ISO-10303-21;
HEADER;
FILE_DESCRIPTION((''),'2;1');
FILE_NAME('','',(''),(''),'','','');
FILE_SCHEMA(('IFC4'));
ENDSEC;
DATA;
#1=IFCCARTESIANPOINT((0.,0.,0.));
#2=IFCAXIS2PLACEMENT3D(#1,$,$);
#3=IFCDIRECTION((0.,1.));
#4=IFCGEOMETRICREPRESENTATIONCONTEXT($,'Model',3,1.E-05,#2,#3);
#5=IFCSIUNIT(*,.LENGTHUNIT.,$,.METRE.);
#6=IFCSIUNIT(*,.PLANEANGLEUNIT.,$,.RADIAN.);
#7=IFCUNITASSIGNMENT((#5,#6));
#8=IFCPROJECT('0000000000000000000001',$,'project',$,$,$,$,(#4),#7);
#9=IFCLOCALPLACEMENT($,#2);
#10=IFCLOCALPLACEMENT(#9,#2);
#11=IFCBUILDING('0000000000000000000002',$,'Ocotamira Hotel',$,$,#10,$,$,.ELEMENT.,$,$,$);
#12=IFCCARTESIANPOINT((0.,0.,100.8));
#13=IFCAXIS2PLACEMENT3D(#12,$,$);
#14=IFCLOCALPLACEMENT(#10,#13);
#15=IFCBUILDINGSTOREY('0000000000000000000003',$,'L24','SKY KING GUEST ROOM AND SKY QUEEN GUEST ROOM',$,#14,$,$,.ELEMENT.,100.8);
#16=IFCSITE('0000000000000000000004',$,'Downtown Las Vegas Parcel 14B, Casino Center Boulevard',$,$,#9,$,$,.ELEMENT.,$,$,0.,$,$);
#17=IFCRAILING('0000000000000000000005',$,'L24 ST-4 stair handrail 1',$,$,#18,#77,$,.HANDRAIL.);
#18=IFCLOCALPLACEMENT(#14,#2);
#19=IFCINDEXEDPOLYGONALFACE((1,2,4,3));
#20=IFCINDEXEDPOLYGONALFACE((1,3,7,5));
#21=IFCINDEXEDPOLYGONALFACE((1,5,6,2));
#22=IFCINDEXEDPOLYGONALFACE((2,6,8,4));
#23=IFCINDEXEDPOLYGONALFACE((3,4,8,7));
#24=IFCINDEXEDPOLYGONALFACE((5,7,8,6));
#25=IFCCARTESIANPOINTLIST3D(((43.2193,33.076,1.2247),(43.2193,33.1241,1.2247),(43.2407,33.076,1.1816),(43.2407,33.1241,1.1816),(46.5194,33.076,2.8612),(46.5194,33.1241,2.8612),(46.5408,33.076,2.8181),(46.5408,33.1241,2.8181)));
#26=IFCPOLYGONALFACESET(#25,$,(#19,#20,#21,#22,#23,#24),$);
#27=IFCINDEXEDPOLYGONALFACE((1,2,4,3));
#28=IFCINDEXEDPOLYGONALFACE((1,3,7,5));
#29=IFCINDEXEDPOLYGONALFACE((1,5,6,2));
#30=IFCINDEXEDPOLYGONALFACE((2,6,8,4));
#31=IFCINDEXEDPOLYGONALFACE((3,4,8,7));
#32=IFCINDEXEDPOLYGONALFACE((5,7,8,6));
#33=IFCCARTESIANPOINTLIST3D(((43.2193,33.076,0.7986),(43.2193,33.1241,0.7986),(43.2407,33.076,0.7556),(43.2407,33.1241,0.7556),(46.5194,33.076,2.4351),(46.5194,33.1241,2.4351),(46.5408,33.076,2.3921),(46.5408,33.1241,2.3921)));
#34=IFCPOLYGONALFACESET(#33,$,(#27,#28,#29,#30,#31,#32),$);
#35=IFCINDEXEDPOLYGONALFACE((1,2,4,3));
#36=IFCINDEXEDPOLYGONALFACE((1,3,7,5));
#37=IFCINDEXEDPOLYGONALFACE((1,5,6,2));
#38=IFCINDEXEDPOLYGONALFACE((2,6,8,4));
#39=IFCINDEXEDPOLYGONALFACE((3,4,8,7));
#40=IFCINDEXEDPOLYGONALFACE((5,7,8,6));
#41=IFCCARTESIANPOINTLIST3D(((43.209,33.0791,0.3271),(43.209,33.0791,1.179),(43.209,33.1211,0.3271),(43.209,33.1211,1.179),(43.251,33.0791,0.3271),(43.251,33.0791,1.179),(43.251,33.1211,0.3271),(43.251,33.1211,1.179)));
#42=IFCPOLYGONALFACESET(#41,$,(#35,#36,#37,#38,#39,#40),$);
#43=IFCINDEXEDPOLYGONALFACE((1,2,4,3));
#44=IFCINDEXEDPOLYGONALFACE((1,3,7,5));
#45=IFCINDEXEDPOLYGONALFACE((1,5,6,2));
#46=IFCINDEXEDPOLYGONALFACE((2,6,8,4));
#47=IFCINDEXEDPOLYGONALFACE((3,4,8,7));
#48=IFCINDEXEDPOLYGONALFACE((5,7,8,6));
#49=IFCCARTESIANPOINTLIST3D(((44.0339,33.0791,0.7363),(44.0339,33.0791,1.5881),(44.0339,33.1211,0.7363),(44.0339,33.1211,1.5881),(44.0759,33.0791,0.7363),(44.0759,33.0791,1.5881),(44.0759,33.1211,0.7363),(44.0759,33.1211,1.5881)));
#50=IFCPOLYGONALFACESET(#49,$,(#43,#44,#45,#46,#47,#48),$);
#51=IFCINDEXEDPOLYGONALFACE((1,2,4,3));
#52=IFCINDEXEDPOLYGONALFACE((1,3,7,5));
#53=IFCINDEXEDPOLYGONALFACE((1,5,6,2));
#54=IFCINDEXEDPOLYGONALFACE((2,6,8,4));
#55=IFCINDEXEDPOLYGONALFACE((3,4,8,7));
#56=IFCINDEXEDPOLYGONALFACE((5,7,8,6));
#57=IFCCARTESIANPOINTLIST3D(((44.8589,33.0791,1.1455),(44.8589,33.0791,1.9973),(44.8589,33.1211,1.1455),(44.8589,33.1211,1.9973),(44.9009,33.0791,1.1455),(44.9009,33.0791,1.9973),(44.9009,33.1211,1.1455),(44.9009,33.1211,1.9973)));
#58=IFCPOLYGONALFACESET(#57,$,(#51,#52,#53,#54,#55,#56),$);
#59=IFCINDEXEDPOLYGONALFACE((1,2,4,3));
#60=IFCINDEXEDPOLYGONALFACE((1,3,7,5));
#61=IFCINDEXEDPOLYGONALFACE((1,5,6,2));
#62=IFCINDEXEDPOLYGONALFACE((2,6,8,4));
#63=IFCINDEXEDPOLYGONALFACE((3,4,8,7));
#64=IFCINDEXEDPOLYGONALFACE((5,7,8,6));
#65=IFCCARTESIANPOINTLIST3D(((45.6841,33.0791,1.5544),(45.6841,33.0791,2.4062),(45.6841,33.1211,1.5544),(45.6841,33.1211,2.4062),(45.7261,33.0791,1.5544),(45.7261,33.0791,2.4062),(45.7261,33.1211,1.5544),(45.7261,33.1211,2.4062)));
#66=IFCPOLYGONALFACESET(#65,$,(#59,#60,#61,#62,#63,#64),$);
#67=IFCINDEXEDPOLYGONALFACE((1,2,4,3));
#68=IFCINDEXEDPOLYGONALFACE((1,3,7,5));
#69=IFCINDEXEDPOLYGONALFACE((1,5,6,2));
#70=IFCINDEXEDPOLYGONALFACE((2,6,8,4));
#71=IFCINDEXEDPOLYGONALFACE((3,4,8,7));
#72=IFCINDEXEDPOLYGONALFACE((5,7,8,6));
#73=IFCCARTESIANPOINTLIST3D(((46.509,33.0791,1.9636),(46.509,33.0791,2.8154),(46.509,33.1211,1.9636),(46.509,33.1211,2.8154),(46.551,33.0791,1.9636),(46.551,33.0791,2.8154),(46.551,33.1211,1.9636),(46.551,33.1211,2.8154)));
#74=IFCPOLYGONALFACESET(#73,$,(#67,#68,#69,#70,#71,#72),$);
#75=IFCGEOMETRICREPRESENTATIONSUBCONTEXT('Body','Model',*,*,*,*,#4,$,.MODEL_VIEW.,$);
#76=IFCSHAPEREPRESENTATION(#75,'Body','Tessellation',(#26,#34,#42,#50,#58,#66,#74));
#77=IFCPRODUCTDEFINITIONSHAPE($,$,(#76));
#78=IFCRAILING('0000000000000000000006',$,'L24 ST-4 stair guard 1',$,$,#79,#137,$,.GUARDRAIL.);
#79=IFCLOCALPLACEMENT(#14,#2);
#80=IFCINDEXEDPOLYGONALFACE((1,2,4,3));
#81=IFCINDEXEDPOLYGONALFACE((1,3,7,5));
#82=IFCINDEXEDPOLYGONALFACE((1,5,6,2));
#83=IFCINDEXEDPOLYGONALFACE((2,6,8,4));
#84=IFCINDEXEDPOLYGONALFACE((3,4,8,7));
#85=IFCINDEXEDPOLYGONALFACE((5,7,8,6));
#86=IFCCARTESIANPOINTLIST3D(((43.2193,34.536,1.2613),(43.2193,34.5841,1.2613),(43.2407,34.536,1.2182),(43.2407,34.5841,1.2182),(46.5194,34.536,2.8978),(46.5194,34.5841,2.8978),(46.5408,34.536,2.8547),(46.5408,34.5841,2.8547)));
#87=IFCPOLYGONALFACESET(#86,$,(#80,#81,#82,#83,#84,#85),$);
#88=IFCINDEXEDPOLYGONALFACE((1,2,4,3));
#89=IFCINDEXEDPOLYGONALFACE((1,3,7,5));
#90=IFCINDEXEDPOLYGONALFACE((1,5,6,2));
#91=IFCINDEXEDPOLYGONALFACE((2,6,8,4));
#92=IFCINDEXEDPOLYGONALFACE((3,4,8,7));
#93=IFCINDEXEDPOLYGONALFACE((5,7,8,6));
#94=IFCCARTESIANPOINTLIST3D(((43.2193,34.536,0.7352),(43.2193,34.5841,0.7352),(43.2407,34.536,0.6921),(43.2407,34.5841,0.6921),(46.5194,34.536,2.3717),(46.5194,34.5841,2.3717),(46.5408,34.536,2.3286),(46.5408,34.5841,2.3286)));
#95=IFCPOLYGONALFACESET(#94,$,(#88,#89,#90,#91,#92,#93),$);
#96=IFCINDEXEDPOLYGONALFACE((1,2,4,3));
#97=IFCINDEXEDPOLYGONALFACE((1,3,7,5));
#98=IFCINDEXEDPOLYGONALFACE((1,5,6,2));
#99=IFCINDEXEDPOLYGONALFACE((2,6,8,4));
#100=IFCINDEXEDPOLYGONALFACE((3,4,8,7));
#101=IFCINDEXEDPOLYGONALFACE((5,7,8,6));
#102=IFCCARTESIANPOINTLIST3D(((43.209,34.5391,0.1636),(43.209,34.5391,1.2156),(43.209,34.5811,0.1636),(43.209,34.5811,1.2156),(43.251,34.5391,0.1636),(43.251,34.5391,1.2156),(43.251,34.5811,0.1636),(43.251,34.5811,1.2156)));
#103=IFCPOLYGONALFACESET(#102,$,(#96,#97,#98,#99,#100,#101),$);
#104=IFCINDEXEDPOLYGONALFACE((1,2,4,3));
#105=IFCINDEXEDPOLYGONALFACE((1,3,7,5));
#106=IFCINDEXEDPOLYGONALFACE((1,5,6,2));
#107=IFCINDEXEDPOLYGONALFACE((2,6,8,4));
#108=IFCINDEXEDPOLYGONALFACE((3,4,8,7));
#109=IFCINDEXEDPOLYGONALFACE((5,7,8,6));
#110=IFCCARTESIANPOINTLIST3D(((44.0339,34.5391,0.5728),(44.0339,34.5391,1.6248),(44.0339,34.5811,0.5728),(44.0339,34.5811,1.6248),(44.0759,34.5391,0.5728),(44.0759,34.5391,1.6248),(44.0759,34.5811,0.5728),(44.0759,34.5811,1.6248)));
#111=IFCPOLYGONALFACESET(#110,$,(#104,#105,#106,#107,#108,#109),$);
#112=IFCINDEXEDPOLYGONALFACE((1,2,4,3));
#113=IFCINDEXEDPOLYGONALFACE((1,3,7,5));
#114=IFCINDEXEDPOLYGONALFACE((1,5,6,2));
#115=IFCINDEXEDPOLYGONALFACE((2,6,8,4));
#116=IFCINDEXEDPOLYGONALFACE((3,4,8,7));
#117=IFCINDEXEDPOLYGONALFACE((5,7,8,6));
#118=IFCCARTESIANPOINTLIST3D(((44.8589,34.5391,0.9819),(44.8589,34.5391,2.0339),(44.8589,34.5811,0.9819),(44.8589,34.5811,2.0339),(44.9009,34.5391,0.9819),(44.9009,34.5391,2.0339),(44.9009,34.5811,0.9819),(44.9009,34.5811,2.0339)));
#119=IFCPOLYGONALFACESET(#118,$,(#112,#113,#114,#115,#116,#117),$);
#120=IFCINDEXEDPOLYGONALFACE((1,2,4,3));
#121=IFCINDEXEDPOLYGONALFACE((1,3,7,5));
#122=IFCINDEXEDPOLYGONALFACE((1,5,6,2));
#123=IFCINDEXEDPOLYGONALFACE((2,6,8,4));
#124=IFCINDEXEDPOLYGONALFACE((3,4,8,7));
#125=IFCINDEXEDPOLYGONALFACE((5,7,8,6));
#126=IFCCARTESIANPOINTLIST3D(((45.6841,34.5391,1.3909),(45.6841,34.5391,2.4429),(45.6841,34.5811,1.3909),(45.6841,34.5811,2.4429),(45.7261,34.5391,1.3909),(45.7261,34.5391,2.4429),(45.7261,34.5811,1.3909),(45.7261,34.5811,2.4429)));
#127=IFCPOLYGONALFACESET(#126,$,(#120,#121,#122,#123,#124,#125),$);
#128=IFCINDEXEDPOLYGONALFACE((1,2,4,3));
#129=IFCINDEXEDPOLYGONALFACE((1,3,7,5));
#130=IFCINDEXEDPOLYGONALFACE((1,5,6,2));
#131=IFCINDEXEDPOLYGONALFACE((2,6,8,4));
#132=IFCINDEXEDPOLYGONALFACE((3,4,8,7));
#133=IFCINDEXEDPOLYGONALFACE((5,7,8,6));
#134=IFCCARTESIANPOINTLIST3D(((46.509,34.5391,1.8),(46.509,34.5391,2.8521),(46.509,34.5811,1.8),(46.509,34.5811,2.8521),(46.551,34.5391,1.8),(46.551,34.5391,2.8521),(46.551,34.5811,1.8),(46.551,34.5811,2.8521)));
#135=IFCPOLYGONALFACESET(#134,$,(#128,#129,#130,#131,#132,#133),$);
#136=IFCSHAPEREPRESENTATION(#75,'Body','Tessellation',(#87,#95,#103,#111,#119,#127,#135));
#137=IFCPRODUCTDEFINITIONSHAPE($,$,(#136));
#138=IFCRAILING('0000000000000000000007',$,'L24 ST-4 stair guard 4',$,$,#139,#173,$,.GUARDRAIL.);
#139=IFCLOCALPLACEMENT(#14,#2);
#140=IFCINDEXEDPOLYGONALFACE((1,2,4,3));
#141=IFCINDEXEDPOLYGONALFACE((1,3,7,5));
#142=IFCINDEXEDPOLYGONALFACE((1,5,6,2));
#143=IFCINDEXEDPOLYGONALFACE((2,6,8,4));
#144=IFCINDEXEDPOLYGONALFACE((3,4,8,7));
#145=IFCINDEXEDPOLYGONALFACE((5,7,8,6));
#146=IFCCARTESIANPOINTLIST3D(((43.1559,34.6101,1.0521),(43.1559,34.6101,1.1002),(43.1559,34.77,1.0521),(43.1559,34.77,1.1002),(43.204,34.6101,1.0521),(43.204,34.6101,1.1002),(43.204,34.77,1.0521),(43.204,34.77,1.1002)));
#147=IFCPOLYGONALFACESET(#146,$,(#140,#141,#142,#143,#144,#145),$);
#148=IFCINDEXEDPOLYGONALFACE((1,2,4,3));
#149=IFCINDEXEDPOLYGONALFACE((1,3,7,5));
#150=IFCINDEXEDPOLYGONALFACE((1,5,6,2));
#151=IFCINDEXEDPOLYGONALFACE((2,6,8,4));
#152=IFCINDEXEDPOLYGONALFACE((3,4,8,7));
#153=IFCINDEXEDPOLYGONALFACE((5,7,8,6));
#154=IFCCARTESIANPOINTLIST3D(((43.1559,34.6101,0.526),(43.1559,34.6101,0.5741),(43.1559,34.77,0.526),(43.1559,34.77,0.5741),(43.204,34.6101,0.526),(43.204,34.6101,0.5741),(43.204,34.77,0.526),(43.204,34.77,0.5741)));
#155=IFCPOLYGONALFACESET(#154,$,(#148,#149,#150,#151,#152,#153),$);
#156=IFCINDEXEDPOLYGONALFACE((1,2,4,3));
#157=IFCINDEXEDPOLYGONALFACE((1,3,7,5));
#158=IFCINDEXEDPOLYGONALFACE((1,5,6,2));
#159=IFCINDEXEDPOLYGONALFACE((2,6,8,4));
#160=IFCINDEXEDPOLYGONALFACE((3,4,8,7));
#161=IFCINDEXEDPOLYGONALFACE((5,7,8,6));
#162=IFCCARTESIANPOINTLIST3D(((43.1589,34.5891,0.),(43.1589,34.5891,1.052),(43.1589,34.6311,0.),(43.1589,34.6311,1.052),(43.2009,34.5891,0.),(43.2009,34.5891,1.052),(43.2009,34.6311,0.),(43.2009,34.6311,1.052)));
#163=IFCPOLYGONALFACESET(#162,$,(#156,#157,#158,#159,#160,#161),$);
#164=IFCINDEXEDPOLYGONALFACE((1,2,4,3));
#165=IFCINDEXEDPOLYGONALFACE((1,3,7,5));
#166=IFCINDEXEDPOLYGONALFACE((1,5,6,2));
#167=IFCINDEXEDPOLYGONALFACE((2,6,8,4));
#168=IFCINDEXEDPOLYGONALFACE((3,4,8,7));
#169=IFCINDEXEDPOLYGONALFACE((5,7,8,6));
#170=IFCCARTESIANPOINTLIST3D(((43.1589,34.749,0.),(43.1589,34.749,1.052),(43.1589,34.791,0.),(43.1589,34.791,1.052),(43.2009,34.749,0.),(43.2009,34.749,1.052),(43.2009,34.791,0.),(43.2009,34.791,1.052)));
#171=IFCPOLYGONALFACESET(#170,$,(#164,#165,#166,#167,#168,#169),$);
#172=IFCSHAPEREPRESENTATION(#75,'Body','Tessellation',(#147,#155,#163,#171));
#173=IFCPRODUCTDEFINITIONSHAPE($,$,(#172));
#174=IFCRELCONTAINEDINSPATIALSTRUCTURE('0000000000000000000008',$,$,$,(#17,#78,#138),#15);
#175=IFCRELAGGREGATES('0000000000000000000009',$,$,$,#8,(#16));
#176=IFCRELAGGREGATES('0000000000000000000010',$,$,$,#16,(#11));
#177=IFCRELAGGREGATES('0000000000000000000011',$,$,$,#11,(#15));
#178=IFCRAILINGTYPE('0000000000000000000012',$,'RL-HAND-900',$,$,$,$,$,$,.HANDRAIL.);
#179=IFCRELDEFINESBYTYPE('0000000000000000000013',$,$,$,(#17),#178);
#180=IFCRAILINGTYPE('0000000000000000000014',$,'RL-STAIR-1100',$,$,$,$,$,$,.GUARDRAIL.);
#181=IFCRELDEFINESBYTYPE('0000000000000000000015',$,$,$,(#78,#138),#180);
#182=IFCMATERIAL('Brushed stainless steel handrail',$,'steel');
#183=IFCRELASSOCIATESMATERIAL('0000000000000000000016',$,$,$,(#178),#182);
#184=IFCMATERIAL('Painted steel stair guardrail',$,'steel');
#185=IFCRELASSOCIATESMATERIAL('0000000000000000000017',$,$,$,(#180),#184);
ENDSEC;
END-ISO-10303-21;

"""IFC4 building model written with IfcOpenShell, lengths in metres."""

from ifc_helpers import new_model, si_unit, direction, frame, origin, origin_2d, place, context, subcontext, project, spatial, rectangle, extrude, material, type_object, element, save


model = new_model("IFC4")

# Units and contexts
model_context = context("Model", 3, precision=1e-05, world=origin(), true_north=direction((0.0, 1.0)))
body_context = subcontext(model_context, "Body", "Model", "MODEL_VIEW")
ifc_project = project(units=[si_unit("LENGTHUNIT", "METRE"), si_unit("PLANEANGLEUNIT", "RADIAN")], contexts=[model_context])

# Site, building, storey
site_placement = place(None, origin())
site = spatial("IfcSite", under=ifc_project, at=site_placement, Name="Downtown Las Vegas Parcel 14B, Casino Center Boulevard", CompositionType="ELEMENT", RefElevation=0.0)
building_placement = place(site_placement, origin())
building = spatial("IfcBuilding", under=site, at=building_placement, Name="Ocotamira Hotel", CompositionType="ELEMENT")
storey_placement = place(building_placement, frame((0.0, 0.0, 100.8)))
storey = spatial("IfcBuildingStorey", under=building, at=storey_placement, Name="L24", Description="SKY KING GUEST ROOM AND SKY QUEEN GUEST ROOM", CompositionType="ELEMENT", Elevation=100.8)

# Railings
ifc_material_1 = material(Name="Painted steel stair guardrail", Category="steel")
ifc_material_2 = material(Name="Brushed stainless steel handrail", Category="steel")
railing_type_1 = type_object("IfcRailingType", Name="RL-HAND-900", PredefinedType="HANDRAIL", material=ifc_material_2)
railing_1_placement = place(storey_placement, frame((43.23, 33.1001, 0.3271)))
element("IfcRailing", 1, at=railing_1_placement, inside=storey, type_object=railing_type_1, Name="L24 ST-4 stair handrail 1", PredefinedType="HANDRAIL", context=body_context, shape_type="SweptSolid", body=[
    extrude(rectangle(XDim=0.0481, YDim=0.0481, at=origin_2d()), frame((0.0, 0.0, 0.876), z_axis=(0.895894, 0.0, 0.444268), x_axis=(0.0, 1.0, 0.0)), (0.0, 0.0, 1.0), 3.6836),
    extrude(rectangle(XDim=0.0481, YDim=0.0481, at=origin_2d()), frame((0.0, 0.0, 0.45), z_axis=(0.895894, 0.0, 0.444268), x_axis=(0.0, 1.0, 0.0)), (0.0, 0.0, 1.0), 3.6836),
    extrude(rectangle(XDim=0.042, YDim=0.042, at=origin_2d()), origin(), (0.0, 0.0, 1.0), 0.8518),
    extrude(rectangle(XDim=0.042, YDim=0.042, at=origin_2d()), frame((0.825, 0.0, 0.4092)), (0.0, 0.0, 1.0), 0.8518),
    extrude(rectangle(XDim=0.042, YDim=0.042, at=origin_2d()), frame((1.6499, 0.0, 0.8184)), (0.0, 0.0, 1.0), 0.8518),
    extrude(rectangle(XDim=0.042, YDim=0.042, at=origin_2d()), frame((2.4751, 0.0, 1.2273)), (0.0, 0.0, 1.0), 0.8518),
    extrude(rectangle(XDim=0.042, YDim=0.042, at=origin_2d()), frame((3.3, 0.0, 1.6365)), (0.0, 0.0, 1.0), 0.8518),
])
railing_type_2 = type_object("IfcRailingType", Name="RL-STAIR-1100", PredefinedType="GUARDRAIL", material=ifc_material_1)
railing_2_placement = place(storey_placement, frame((43.23, 34.5601, 0.1636)))
element("IfcRailing", 2, at=railing_2_placement, inside=storey, type_object=railing_type_2, Name="L24 ST-4 stair guard 1", PredefinedType="GUARDRAIL", context=body_context, shape_type="SweptSolid", body=[
    extrude(rectangle(XDim=0.0481, YDim=0.0481, at=origin_2d()), frame((0.0, 0.0, 1.0762), z_axis=(0.895894, 0.0, 0.444268), x_axis=(0.0, 1.0, 0.0)), (0.0, 0.0, 1.0), 3.6836),
    extrude(rectangle(XDim=0.0481, YDim=0.0481, at=origin_2d()), frame((0.0, 0.0, 0.55), z_axis=(0.895894, 0.0, 0.444268), x_axis=(0.0, 1.0, 0.0)), (0.0, 0.0, 1.0), 3.6836),
    extrude(rectangle(XDim=0.042, YDim=0.042, at=origin_2d()), origin(), (0.0, 0.0, 1.0), 1.052),
    extrude(rectangle(XDim=0.042, YDim=0.042, at=origin_2d()), frame((0.825, 0.0, 0.4092)), (0.0, 0.0, 1.0), 1.052),
    extrude(rectangle(XDim=0.042, YDim=0.042, at=origin_2d()), frame((1.6499, 0.0, 0.8184)), (0.0, 0.0, 1.0), 1.052),
    extrude(rectangle(XDim=0.042, YDim=0.042, at=origin_2d()), frame((2.4751, 0.0, 1.2273)), (0.0, 0.0, 1.0), 1.052),
    extrude(rectangle(XDim=0.042, YDim=0.042, at=origin_2d()), frame((3.3, 0.0, 1.6365)), (0.0, 0.0, 1.0), 1.052),
])
railing_3_placement = place(storey_placement, frame((43.1799, 34.6101, 0.0)))
element("IfcRailing", 3, at=railing_3_placement, inside=storey, type_object=railing_type_2, Name="L24 ST-4 stair guard 4", PredefinedType="GUARDRAIL", context=body_context, shape_type="SweptSolid", body=[
    extrude(rectangle(XDim=0.0481, YDim=0.0481, at=origin_2d()), frame((0.0, 0.0, 1.0762), z_axis=(0.0, 1.0, 0.0), x_axis=(-1.0, 0.0, 0.0)), (0.0, 0.0, 1.0), 0.1599),
    extrude(rectangle(XDim=0.0481, YDim=0.0481, at=origin_2d()), frame((0.0, 0.0, 0.55), z_axis=(0.0, 1.0, 0.0), x_axis=(-1.0, 0.0, 0.0)), (0.0, 0.0, 1.0), 0.1599),
    extrude(rectangle(XDim=0.042, YDim=0.042, at=origin_2d()), origin(), (0.0, 0.0, 1.0), 1.052),
    extrude(rectangle(XDim=0.042, YDim=0.042, at=origin_2d()), frame((0.0, 0.1599, 0.0)), (0.0, 0.0, 1.0), 1.052),
])

save(model, "model.ifc")
